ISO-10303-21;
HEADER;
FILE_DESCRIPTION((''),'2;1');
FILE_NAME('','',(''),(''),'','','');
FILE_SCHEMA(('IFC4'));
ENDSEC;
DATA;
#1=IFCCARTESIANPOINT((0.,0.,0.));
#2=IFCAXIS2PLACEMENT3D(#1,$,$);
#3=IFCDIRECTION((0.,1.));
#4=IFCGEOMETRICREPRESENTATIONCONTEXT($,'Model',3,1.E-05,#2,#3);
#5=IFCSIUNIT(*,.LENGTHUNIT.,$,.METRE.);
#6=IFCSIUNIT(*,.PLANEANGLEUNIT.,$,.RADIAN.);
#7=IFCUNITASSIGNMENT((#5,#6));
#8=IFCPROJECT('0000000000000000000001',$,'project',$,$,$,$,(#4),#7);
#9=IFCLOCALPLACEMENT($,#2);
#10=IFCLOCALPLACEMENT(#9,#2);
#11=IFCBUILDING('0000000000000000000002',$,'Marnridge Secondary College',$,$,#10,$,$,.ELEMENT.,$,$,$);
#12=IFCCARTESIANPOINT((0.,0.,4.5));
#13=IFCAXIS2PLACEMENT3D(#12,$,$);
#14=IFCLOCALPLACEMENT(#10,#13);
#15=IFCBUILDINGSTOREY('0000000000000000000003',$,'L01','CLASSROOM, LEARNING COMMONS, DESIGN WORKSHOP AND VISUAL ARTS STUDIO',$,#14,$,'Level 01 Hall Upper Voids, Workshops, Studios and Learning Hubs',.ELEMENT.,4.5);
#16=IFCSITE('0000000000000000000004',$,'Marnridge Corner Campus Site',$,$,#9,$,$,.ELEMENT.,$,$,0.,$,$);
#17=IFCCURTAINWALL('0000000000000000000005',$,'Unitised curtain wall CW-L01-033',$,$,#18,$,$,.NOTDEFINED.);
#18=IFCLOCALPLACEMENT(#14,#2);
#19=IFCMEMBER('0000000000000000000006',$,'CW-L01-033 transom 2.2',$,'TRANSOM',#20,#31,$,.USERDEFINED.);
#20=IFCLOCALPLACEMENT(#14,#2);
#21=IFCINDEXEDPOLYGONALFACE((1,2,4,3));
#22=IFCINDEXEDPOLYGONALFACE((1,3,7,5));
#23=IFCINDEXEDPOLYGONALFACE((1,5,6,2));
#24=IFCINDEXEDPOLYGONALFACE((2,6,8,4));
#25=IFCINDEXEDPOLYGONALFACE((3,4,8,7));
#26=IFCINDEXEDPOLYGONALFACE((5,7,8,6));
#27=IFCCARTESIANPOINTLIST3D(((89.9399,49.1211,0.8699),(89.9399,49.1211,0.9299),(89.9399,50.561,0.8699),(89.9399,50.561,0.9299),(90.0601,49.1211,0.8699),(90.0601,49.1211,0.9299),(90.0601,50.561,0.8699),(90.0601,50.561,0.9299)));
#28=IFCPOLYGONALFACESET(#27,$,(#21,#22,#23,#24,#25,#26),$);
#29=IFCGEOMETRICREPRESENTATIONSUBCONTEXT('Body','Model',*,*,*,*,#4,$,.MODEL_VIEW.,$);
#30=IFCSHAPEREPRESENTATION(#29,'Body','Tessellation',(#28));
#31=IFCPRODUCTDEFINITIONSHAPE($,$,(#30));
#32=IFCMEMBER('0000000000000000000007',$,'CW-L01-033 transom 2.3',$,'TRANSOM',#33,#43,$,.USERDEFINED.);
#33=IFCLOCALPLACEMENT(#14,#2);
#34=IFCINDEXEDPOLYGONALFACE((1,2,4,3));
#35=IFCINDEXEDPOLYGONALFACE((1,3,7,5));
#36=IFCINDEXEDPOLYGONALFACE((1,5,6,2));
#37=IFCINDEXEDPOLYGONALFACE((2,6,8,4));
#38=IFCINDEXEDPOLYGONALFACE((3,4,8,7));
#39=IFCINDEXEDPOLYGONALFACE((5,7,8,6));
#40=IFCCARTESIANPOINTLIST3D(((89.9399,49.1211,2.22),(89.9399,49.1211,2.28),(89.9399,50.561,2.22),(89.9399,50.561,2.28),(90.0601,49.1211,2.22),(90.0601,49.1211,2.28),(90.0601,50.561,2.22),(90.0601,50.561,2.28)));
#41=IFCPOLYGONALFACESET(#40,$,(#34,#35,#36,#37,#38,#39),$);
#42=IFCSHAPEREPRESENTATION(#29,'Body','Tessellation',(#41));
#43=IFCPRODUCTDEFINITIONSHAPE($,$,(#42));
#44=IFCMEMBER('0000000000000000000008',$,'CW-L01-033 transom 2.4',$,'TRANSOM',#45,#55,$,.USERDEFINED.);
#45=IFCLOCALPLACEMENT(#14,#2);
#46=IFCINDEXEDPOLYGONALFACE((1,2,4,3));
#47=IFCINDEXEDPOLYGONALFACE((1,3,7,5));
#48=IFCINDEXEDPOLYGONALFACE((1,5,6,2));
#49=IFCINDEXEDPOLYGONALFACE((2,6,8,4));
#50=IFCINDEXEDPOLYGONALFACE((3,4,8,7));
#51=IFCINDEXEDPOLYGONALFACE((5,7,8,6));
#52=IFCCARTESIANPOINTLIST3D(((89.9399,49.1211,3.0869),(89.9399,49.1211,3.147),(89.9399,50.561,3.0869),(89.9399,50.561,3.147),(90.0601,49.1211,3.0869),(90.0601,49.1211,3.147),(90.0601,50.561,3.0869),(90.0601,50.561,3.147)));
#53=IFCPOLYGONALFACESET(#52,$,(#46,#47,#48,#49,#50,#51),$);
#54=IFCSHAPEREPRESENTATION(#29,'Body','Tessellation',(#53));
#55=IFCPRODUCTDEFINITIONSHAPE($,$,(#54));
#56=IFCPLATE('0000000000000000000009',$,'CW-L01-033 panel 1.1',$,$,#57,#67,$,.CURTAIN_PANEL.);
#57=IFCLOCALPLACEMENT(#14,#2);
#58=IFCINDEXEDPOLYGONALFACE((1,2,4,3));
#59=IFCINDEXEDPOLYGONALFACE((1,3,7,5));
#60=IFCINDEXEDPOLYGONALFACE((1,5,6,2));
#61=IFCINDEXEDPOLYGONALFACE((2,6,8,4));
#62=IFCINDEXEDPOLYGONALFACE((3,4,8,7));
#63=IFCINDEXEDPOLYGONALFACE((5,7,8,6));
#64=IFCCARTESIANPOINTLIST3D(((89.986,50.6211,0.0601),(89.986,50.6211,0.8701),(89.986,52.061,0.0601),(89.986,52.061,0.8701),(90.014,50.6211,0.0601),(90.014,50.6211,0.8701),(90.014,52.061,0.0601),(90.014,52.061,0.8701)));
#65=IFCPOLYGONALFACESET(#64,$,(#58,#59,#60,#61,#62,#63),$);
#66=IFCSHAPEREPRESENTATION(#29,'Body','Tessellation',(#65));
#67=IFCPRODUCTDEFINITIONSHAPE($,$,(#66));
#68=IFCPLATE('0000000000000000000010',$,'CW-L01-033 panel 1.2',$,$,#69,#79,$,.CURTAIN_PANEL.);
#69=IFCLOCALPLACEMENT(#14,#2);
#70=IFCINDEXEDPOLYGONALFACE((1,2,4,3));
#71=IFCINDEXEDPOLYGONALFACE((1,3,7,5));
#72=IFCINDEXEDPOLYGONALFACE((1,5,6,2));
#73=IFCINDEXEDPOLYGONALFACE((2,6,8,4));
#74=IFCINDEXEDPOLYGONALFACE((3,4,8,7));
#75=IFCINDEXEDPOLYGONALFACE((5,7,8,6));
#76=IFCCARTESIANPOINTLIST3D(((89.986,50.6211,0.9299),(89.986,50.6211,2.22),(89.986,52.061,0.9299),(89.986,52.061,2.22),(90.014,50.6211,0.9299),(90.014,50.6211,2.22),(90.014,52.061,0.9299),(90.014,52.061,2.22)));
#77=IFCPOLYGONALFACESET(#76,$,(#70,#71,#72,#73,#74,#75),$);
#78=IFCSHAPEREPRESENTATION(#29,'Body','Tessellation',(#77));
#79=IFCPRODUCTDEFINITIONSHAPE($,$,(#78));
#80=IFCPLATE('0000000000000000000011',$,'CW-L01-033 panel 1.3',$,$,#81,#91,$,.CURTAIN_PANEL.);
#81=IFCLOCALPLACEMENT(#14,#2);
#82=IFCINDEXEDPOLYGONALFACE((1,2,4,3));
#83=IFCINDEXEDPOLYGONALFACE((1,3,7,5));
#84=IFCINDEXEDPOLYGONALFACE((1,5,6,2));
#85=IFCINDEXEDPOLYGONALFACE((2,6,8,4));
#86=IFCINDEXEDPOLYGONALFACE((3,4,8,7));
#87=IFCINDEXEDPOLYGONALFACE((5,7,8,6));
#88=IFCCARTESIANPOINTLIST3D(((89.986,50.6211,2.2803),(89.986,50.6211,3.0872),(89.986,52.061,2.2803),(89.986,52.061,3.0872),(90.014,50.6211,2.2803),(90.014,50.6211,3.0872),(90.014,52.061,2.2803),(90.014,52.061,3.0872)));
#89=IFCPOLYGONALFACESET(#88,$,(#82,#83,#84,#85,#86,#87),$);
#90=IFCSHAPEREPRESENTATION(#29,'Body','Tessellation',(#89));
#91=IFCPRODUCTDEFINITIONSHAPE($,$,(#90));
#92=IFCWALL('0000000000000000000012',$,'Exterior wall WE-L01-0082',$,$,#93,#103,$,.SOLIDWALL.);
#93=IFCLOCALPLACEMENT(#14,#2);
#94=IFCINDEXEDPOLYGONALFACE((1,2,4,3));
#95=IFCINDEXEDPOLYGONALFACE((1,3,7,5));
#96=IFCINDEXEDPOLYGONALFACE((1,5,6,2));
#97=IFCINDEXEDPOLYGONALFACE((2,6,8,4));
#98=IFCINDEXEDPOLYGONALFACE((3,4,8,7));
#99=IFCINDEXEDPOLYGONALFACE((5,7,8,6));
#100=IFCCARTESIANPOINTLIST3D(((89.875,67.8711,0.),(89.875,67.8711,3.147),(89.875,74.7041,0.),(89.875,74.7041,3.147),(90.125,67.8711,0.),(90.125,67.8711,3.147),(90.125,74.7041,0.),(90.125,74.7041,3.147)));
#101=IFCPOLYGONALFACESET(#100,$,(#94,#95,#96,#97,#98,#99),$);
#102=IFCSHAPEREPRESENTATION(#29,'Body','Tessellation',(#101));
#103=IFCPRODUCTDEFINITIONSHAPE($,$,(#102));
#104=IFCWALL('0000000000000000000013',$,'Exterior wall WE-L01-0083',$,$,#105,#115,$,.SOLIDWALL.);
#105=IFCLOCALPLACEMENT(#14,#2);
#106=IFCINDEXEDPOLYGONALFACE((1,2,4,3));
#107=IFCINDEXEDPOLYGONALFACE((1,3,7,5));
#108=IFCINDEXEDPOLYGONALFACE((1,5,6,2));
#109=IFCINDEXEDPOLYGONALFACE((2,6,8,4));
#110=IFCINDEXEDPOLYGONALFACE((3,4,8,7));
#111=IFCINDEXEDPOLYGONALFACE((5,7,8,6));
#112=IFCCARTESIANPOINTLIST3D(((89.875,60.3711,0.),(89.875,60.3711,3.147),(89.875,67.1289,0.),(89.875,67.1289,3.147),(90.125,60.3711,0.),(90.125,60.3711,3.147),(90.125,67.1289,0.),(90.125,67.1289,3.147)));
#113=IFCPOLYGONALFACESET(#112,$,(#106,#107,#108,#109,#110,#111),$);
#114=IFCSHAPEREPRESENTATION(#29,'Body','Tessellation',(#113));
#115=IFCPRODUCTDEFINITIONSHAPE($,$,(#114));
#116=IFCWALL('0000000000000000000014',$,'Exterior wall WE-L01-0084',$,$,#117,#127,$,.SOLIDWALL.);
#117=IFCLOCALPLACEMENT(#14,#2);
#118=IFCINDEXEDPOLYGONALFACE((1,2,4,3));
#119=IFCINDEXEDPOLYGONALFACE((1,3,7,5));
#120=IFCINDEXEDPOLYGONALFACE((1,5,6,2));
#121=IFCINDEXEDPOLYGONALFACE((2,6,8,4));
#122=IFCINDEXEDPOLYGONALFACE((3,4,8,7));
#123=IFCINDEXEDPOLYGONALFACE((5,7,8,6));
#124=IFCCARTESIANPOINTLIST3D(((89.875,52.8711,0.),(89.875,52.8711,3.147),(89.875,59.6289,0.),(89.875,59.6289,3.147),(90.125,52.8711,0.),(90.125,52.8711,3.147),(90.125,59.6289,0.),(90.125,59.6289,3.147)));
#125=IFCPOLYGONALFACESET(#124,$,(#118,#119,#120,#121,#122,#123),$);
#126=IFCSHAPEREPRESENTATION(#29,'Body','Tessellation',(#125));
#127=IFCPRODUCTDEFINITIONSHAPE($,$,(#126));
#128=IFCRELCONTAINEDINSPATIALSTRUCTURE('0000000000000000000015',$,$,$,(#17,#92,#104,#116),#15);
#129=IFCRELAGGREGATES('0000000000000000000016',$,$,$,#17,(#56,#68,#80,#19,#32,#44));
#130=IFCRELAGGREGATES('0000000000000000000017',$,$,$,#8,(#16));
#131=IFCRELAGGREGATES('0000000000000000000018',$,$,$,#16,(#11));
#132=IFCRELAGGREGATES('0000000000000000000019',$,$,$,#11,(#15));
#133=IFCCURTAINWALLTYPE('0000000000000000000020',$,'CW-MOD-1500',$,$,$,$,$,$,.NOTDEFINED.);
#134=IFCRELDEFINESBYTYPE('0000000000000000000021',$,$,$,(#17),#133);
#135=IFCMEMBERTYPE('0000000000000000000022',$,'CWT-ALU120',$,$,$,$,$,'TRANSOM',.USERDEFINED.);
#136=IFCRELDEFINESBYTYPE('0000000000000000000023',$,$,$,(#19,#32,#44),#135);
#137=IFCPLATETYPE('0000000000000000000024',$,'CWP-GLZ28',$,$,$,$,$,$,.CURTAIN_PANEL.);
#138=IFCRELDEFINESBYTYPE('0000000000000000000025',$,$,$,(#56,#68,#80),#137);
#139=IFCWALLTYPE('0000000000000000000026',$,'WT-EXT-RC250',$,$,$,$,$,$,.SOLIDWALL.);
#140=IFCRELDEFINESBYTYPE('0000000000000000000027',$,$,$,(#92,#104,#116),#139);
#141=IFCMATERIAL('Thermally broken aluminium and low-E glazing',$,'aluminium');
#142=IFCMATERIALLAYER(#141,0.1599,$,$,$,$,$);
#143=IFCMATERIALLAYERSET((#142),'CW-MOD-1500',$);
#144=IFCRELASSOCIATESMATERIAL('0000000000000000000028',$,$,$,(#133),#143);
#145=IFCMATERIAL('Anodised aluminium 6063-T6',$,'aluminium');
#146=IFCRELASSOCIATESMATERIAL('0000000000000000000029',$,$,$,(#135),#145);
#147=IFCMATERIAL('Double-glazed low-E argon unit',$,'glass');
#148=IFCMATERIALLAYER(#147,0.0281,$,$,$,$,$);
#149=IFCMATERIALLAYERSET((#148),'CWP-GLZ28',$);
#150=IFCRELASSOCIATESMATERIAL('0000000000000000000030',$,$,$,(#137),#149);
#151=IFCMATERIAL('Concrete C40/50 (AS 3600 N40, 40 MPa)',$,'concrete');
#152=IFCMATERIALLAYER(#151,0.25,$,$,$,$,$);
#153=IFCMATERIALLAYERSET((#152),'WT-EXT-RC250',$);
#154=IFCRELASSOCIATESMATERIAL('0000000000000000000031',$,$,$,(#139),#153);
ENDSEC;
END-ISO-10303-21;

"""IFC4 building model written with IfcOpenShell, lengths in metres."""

from ifc_helpers import new_model, si_unit, direction, frame, frame_2d, origin, origin_2d, place, context, subcontext, project, spatial, rectangle, extrude, material, layer, layer_set, material_profile, profile_set, type_object, element, aggregate, save


model = new_model("IFC4")

# Units and contexts
model_context = context("Model", 3, precision=1e-05, world=origin(), true_north=direction((0.0, 1.0)))
body_context = subcontext(model_context, "Body", "Model", "MODEL_VIEW")
ifc_project = project(units=[si_unit("LENGTHUNIT", "METRE"), si_unit("PLANEANGLEUNIT", "RADIAN")], contexts=[model_context])

# Site, building, storey
site_placement = place(None, origin())
site = spatial("IfcSite", under=ifc_project, at=site_placement, Name="Marnridge Corner Campus Site", CompositionType="ELEMENT", RefElevation=0.0)
building_placement = place(site_placement, origin())
building = spatial("IfcBuilding", under=site, at=building_placement, Name="Marnridge Secondary College", CompositionType="ELEMENT")
storey_placement = place(building_placement, frame((0.0, 0.0, 4.5)))
storey = spatial("IfcBuildingStorey", under=building, at=storey_placement, Name="L01", Description="CLASSROOM, LEARNING COMMONS, DESIGN WORKSHOP AND VISUAL ARTS STUDIO", LongName="Level 01 Hall Upper Voids, Workshops, Studios and Learning Hubs", CompositionType="ELEMENT", Elevation=4.5)

# Curtain wall, members, plates
ifc_material_1 = material(Name="Thermally broken aluminium and low-E glazing", Category="aluminium")
ifc_layer_1 = layer(ifc_material_1, 0.1599)
ifc_layer_set_1 = layer_set([ifc_layer_1], Name="CW-MOD-1500")
curtain_wall_type = type_object("IfcCurtainWallType", Name="CW-MOD-1500", PredefinedType="NOTDEFINED", material=ifc_layer_set_1)
curtain_wall_placement = place(storey_placement, origin())
curtain_wall = element("IfcCurtainWall", 1, at=curtain_wall_placement, inside=storey, type_object=curtain_wall_type, Name="Unitised curtain wall CW-L01-033", PredefinedType="NOTDEFINED")
ifc_material_2 = material(Name="Anodised aluminium 6063-T6", Category="aluminium")
ifc_material_profile_1 = material_profile(ifc_material_2, rectangle(XDim=0.0601, YDim=0.1201, at=origin_2d()), Name="ALU 60x120")
ifc_profile_set_1 = profile_set([ifc_material_profile_1], Name="Anodised aluminium 6063-T6")
member_type_1 = type_object("IfcMemberType", Name="CWT-ALU120", ElementType="TRANSOM", PredefinedType="USERDEFINED", material=ifc_profile_set_1)
member_1_placement = place(storey_placement, frame((90.0, 50.561, 0.8999), z_axis=(0.0, -1.0, 0.0), x_axis=(0.0, 0.0, 1.0)))
member_1 = element("IfcMember", 2, at=member_1_placement, type_object=member_type_1, Name="CW-L01-033 transom 2.2", ObjectType="TRANSOM", PredefinedType="USERDEFINED", context=body_context, shape_type="SweptSolid", body=[
    extrude(rectangle(XDim=0.0601, YDim=0.1201, at=origin_2d()), origin(), (0.0, 0.0, 1.0), 1.4399),
])
member_2_placement = place(storey_placement, frame((90.0, 50.561, 2.25), z_axis=(0.0, -1.0, 0.0), x_axis=(0.0, 0.0, 1.0)))
member_2 = element("IfcMember", 3, at=member_2_placement, type_object=member_type_1, Name="CW-L01-033 transom 2.3", ObjectType="TRANSOM", PredefinedType="USERDEFINED", context=body_context, shape_type="SweptSolid", body=[
    extrude(rectangle(XDim=0.0601, YDim=0.1201, at=origin_2d()), origin(), (0.0, 0.0, 1.0), 1.4399),
])
member_3_placement = place(storey_placement, frame((90.0, 50.561, 3.1169), z_axis=(0.0, -1.0, 0.0), x_axis=(0.0, 0.0, 1.0)))
member_3 = element("IfcMember", 4, at=member_3_placement, type_object=member_type_1, Name="CW-L01-033 transom 2.4", ObjectType="TRANSOM", PredefinedType="USERDEFINED", context=body_context, shape_type="SweptSolid", body=[
    extrude(rectangle(XDim=0.0601, YDim=0.1201, at=origin_2d()), origin(), (0.0, 0.0, 1.0), 1.4399),
])
ifc_material_3 = material(Name="Double-glazed low-E argon unit", Category="glass")
ifc_layer_2 = layer(ifc_material_3, 0.0281)
ifc_layer_set_2 = layer_set([ifc_layer_2], Name="CWP-GLZ28")
plate_type = type_object("IfcPlateType", Name="CWP-GLZ28", PredefinedType="CURTAIN_PANEL", material=ifc_layer_set_2)
plate_1_placement = place(storey_placement, frame((90.0, 51.3411, 0.0601), z_axis=(0.0, 0.0, 1.0), x_axis=(0.0, -1.0, 0.0)))
plate_1 = element("IfcPlate", 5, at=plate_1_placement, type_object=plate_type, Name="CW-L01-033 panel 1.1", PredefinedType="CURTAIN_PANEL", context=body_context, shape_type="SweptSolid", body=[
    extrude(rectangle(XDim=1.4399, YDim=0.0281, at=origin_2d()), origin(), (0.0, 0.0, 1.0), 0.8101),
])
plate_2_placement = place(storey_placement, frame((90.0, 51.3411, 0.9299), z_axis=(0.0, 0.0, 1.0), x_axis=(0.0, -1.0, 0.0)))
plate_2 = element("IfcPlate", 6, at=plate_2_placement, type_object=plate_type, Name="CW-L01-033 panel 1.2", PredefinedType="CURTAIN_PANEL", context=body_context, shape_type="SweptSolid", body=[
    extrude(rectangle(XDim=1.4399, YDim=0.0281, at=origin_2d()), origin(), (0.0, 0.0, 1.0), 1.29),
])
plate_3_placement = place(storey_placement, frame((90.0, 51.3411, 2.2803), z_axis=(0.0, 0.0, 1.0), x_axis=(0.0, -1.0, 0.0)))
plate_3 = element("IfcPlate", 7, at=plate_3_placement, type_object=plate_type, Name="CW-L01-033 panel 1.3", PredefinedType="CURTAIN_PANEL", context=body_context, shape_type="SweptSolid", body=[
    extrude(rectangle(XDim=1.4399, YDim=0.0281, at=origin_2d()), origin(), (0.0, 0.0, 1.0), 0.8069),
])
aggregate(curtain_wall, [plate_1, plate_2, plate_3, member_1, member_2, member_3])

# Walls
ifc_material_4 = material(Name="Concrete C40/50 (AS 3600 N40, 40 MPa)", Category="concrete")
ifc_layer_3 = layer(ifc_material_4, 0.25)
ifc_layer_set_3 = layer_set([ifc_layer_3], Name="WT-EXT-RC250")
wall_type = type_object("IfcWallType", Name="WT-EXT-RC250", PredefinedType="SOLIDWALL", material=ifc_layer_set_3)
wall_placement = place(storey_placement, frame((90.0, 74.7041, 0.0), z_axis=(0.0, 0.0, 1.0), x_axis=(0.0, -1.0, 0.0)))
element("IfcWall", 8, at=wall_placement, inside=storey, type_object=wall_type, Name="Exterior wall WE-L01-0082", PredefinedType="SOLIDWALL", context=body_context, shape_type="SweptSolid", body=[
    extrude(rectangle(XDim=6.833, YDim=0.25, at=frame_2d((3.4165, 0.0))), origin(), (0.0, 0.0, 1.0), 3.147),
])
for number, where, z_axis, x_axis, name in (
    (9, (90.0, 67.1289, 0.0), (0.0, 0.0, 1.0), (0.0, -1.0, 0.0), "Exterior wall WE-L01-0083"),
    (10, (90.0, 59.6289, 0.0), (0.0, 0.0, 1.0), (0.0, -1.0, 0.0), "Exterior wall WE-L01-0084"),
):
    element("IfcWall", number, at=place(storey_placement, frame(where, z_axis=z_axis, x_axis=x_axis)), inside=storey, type_object=wall_type, Name=name, PredefinedType="SOLIDWALL", context=body_context, shape_type="SweptSolid", body=[
        extrude(rectangle(XDim=6.7578, YDim=0.25, at=frame_2d((3.3789, 0.0))), origin(), (0.0, 0.0, 1.0), 3.147),
    ])

save(model, "model.ifc")
